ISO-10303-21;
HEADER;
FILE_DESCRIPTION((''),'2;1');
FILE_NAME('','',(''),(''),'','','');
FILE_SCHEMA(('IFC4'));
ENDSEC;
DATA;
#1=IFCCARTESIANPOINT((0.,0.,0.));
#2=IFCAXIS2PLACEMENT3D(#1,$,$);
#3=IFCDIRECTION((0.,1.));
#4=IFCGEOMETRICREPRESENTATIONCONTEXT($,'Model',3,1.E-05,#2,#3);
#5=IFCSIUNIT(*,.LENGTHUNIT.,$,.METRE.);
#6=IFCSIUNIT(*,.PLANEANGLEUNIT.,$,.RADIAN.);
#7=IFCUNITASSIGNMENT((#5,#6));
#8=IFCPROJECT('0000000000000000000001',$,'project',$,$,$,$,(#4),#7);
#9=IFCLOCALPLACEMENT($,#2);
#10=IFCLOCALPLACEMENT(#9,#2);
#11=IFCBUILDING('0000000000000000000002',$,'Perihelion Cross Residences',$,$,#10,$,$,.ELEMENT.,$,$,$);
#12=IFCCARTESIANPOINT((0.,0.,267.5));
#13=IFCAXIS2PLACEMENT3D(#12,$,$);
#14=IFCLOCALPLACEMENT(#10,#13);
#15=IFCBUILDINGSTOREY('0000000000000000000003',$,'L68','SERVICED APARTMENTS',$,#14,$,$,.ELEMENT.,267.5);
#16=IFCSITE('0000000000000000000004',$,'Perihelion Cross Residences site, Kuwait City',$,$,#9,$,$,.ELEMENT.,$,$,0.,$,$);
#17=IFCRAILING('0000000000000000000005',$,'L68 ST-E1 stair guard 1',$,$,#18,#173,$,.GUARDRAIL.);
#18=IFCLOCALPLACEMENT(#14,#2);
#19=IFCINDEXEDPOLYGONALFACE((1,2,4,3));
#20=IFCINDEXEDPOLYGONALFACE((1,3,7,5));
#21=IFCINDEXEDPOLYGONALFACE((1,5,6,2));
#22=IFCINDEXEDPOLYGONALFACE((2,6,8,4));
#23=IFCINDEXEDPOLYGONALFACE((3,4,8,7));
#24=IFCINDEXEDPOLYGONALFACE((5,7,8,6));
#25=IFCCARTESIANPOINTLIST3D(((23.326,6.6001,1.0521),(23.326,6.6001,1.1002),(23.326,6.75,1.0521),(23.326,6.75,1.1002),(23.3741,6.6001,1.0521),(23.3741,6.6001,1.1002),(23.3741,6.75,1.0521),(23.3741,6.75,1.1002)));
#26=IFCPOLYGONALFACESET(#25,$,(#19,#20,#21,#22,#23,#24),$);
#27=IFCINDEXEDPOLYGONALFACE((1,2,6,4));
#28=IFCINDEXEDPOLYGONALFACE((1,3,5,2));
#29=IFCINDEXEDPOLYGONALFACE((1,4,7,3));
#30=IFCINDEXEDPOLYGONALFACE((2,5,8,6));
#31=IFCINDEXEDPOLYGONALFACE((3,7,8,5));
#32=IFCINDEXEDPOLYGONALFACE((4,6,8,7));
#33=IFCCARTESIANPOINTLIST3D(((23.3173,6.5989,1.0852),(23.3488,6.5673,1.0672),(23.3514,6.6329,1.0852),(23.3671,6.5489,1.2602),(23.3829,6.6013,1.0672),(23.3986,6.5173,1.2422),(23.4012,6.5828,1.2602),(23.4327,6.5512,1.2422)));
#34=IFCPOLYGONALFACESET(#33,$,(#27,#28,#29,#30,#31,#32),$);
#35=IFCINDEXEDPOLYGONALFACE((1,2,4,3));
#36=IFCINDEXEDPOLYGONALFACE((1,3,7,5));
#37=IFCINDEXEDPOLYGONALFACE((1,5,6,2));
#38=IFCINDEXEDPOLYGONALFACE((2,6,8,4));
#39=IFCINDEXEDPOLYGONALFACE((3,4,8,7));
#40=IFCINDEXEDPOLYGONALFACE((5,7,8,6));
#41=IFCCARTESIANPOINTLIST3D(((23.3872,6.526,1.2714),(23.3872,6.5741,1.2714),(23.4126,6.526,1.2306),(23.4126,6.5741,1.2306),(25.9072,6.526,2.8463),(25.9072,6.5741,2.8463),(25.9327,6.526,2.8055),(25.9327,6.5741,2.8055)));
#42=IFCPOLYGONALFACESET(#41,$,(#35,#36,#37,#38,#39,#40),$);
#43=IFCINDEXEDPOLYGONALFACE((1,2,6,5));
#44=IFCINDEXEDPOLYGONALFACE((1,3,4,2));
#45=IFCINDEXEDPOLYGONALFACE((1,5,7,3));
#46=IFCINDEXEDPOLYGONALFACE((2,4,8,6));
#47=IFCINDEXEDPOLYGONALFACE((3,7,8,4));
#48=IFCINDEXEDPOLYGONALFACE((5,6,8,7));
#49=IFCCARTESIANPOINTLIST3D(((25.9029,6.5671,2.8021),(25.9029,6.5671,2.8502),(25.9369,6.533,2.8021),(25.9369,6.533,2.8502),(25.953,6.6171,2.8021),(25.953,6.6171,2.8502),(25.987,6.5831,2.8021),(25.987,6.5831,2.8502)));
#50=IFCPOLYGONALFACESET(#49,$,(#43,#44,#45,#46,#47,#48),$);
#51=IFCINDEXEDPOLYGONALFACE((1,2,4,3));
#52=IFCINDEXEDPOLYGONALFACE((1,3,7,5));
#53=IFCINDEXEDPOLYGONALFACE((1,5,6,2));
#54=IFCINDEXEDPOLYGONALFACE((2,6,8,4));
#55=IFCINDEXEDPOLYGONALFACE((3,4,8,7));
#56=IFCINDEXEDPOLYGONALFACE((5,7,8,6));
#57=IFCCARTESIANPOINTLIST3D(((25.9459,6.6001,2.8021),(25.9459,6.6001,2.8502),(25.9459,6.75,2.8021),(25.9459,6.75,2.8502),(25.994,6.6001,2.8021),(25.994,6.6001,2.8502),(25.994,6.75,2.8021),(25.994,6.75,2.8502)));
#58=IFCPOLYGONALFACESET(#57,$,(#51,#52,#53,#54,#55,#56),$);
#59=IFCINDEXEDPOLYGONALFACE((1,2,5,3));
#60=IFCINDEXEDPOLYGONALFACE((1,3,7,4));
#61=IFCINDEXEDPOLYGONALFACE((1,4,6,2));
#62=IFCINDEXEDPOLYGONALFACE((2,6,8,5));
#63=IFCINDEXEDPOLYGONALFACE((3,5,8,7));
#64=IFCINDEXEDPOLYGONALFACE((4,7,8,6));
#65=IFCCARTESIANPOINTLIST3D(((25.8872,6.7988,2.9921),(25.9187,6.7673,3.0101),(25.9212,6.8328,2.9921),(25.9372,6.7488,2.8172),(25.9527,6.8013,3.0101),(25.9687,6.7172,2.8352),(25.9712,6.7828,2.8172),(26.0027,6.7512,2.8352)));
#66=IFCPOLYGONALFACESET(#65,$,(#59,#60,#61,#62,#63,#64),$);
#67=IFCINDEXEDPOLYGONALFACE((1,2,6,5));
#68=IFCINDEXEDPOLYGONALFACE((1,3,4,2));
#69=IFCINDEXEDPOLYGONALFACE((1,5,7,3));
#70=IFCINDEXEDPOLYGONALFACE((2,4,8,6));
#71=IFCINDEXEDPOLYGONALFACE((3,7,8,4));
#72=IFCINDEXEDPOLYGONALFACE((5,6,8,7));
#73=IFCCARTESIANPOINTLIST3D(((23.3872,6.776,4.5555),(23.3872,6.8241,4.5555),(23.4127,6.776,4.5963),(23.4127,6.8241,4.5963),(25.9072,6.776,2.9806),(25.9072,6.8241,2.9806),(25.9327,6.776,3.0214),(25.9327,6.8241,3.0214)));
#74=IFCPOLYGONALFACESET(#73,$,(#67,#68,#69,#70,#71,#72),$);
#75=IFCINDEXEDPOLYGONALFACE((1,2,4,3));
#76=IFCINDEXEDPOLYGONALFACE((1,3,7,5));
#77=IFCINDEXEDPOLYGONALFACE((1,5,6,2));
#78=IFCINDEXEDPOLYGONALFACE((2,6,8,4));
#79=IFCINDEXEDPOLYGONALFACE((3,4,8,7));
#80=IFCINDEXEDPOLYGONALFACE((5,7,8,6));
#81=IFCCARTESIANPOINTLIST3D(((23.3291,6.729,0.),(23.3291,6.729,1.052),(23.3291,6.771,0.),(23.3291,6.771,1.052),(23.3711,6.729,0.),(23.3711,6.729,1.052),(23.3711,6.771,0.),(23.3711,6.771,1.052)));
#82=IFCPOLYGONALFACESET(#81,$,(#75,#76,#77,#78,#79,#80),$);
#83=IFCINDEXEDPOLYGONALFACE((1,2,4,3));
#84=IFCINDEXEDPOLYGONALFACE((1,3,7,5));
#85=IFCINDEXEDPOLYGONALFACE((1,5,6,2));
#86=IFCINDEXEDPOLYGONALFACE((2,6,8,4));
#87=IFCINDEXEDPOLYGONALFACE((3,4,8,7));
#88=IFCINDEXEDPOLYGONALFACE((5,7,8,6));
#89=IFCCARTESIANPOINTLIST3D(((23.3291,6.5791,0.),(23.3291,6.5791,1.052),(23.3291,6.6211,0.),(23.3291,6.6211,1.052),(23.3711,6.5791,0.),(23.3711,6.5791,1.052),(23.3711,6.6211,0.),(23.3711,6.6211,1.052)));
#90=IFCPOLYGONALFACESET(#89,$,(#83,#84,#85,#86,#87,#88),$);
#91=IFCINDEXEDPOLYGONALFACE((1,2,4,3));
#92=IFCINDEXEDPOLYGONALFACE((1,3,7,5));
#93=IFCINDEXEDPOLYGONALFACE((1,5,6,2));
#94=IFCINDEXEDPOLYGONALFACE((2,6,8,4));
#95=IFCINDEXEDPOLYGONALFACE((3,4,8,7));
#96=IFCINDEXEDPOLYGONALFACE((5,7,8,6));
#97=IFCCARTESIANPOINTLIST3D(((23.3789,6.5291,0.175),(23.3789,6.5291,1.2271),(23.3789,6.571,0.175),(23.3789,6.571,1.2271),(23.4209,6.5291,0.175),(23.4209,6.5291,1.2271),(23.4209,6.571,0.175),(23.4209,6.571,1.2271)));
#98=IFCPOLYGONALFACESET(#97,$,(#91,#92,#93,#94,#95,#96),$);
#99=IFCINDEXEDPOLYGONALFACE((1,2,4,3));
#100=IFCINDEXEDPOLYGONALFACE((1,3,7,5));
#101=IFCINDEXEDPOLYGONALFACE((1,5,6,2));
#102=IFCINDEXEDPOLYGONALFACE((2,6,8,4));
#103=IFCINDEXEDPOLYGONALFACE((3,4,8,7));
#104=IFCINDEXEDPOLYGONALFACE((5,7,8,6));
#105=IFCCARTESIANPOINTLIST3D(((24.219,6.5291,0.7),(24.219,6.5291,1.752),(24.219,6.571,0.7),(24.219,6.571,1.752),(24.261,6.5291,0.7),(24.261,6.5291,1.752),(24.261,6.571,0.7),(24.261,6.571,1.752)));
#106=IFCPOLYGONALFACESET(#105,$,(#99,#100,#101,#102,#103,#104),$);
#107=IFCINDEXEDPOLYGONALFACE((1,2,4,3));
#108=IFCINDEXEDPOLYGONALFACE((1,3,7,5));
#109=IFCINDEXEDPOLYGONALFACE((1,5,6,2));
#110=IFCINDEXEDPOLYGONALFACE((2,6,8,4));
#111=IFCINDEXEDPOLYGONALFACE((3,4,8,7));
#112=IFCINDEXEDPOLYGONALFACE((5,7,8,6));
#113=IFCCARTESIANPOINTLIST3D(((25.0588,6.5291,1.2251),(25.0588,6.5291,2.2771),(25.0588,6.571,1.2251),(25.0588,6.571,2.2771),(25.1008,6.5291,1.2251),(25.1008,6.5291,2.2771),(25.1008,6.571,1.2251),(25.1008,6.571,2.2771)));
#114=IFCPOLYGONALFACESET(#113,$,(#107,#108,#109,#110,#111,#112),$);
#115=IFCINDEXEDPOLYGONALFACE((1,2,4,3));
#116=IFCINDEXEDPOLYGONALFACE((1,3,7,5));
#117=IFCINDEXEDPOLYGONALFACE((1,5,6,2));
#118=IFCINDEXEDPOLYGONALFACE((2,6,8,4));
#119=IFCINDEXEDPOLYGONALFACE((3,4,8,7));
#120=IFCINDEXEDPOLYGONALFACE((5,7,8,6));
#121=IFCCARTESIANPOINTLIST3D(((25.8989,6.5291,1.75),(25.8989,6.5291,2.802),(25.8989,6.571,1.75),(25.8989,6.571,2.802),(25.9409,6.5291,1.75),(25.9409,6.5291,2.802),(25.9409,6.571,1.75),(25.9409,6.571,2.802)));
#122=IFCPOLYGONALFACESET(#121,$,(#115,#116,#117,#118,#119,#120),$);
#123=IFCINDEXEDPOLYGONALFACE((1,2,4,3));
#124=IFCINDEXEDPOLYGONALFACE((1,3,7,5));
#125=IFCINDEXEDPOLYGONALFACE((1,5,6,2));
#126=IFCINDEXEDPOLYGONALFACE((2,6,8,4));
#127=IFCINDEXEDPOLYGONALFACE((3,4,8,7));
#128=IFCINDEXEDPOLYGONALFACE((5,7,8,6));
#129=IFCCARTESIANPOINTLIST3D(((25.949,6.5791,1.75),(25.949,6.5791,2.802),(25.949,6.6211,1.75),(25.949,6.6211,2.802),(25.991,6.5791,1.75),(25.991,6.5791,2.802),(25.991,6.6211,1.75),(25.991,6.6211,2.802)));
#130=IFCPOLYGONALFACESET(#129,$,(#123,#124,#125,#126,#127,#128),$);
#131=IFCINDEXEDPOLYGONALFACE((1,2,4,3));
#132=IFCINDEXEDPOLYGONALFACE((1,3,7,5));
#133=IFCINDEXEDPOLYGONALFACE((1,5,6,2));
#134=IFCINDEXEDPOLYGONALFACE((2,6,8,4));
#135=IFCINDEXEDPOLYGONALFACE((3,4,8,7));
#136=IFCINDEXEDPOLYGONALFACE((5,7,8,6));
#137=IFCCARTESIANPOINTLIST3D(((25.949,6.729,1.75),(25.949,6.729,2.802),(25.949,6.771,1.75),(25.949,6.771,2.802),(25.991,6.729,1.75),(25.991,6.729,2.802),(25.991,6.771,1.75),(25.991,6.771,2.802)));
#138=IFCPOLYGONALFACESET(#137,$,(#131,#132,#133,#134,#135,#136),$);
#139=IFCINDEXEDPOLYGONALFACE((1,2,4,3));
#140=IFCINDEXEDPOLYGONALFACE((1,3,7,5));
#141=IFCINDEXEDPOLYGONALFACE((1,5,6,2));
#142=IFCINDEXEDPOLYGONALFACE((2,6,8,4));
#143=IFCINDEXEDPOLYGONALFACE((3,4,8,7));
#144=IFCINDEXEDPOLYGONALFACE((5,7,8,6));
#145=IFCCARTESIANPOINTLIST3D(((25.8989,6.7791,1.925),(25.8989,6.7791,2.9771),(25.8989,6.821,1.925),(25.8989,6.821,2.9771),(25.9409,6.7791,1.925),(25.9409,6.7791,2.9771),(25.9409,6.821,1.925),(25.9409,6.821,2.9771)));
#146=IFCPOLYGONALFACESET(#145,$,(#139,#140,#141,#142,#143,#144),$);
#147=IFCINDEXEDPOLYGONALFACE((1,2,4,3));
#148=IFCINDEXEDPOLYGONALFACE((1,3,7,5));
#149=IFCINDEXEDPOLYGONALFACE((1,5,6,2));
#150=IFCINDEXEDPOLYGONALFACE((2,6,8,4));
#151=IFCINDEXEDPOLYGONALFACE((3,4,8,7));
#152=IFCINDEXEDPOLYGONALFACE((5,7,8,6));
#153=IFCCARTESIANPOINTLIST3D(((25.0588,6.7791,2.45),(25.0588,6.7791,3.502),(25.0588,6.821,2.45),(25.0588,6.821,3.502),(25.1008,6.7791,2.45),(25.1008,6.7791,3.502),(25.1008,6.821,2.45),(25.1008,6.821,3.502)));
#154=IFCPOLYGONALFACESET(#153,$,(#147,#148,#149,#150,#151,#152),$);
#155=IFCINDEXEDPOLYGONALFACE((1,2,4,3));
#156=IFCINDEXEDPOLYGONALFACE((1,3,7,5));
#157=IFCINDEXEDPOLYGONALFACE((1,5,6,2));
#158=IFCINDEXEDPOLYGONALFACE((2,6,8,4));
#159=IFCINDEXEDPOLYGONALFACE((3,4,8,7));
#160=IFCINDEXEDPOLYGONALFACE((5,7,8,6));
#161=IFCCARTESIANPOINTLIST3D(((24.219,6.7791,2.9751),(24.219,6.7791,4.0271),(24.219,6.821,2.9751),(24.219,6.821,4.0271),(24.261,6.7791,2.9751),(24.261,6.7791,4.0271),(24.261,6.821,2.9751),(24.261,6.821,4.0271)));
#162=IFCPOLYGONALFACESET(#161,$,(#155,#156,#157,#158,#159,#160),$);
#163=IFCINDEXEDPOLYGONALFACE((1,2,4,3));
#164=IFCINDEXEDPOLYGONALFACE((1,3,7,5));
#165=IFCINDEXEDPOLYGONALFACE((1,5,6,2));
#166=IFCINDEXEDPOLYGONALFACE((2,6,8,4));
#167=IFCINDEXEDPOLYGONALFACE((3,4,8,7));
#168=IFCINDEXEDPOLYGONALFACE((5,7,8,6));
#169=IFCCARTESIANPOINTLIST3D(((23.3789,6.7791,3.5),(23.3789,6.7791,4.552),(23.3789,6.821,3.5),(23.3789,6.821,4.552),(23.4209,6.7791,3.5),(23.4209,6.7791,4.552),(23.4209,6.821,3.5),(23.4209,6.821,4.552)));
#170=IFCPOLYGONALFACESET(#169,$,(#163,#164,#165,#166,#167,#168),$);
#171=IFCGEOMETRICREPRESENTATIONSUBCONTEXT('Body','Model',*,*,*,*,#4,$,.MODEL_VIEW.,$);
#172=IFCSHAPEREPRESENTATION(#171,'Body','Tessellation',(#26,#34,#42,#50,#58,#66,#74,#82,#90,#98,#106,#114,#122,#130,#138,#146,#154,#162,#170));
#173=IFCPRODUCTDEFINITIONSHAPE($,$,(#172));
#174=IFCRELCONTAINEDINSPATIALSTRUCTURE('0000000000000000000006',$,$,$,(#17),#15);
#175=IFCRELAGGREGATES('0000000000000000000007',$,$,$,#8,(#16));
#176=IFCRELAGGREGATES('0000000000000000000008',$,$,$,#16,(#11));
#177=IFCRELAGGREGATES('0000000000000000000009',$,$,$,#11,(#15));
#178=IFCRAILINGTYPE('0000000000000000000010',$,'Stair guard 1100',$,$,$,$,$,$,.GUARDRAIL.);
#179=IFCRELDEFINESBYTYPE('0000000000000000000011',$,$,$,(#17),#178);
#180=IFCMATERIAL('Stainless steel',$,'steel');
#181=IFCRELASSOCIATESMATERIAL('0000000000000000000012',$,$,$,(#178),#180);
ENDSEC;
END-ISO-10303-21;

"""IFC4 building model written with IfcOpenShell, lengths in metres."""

from ifc_helpers import new_model, si_unit, direction, frame, origin, origin_2d, place, context, subcontext, project, spatial, rectangle, extrude, material, type_object, element, save


model = new_model("IFC4")

# Units and contexts
model_context = context("Model", 3, precision=1e-05, world=origin(), true_north=direction((0.0, 1.0)))
body_context = subcontext(model_context, "Body", "Model", "MODEL_VIEW")
ifc_project = project(units=[si_unit("LENGTHUNIT", "METRE"), si_unit("PLANEANGLEUNIT", "RADIAN")], contexts=[model_context])

# Site, building, storey
site_placement = place(None, origin())
site = spatial("IfcSite", under=ifc_project, at=site_placement, Name="Perihelion Cross Residences site, Kuwait City", CompositionType="ELEMENT", RefElevation=0.0)
building_placement = place(site_placement, origin())
building = spatial("IfcBuilding", under=site, at=building_placement, Name="Perihelion Cross Residences", CompositionType="ELEMENT")
storey_placement = place(building_placement, frame((0.0, 0.0, 267.5)))
storey = spatial("IfcBuildingStorey", under=building, at=storey_placement, Name="L68", Description="SERVICED APARTMENTS", CompositionType="ELEMENT", Elevation=267.5)

# Railing
ifc_material_1 = material(Name="Stainless steel", Category="steel")
railing_type_1 = type_object("IfcRailingType", Name="Stair guard 1100", PredefinedType="GUARDRAIL", material=ifc_material_1)
railing_1_placement = place(storey_placement, frame((23.3501, 6.75, 0.0)))
element("IfcRailing", 1, at=railing_1_placement, inside=storey, type_object=railing_type_1, Name="L68 ST-E1 stair guard 1", PredefinedType="GUARDRAIL", context=body_context, shape_type="SweptSolid", body=[
    extrude(rectangle(XDim=0.0481, YDim=0.0481, at=origin_2d()), frame((0.0, 0.0, 1.0762), z_axis=(0.0, -1.0, 0.0), x_axis=(1.0, 0.0, 0.0)), (0.0, 0.0, 1.0), 0.1499),
    extrude(rectangle(XDim=0.0481, YDim=0.0481, at=origin_2d()), frame((0.0, -0.1499, 1.0762), z_axis=(0.263862, -0.265156, 0.927399), x_axis=(0.708834, 0.705376, 0.0)), (0.0, 0.0, 1.0), 0.1887),
    extrude(rectangle(XDim=0.0481, YDim=0.0481, at=origin_2d()), frame((0.0498, -0.2, 1.251), z_axis=(0.848008, 0.0, 0.529984), x_axis=(0.0, 1.0, 0.0)), (0.0, 0.0, 1.0), 2.9717),
    extrude(rectangle(XDim=0.0481, YDim=0.0481, at=origin_2d()), frame((2.5698, -0.2, 2.8262), z_axis=(0.707107, 0.707107, 0.0), x_axis=(-0.707107, 0.707107, 0.0)), (0.0, 0.0, 1.0), 0.0708),
    extrude(rectangle(XDim=0.0481, YDim=0.0481, at=origin_2d()), frame((2.6199, -0.1499, 2.8262), z_axis=(0.0, 1.0, 0.0), x_axis=(-1.0, 0.0, 0.0)), (0.0, 0.0, 1.0), 0.1499),
    extrude(rectangle(XDim=0.0481, YDim=0.0481, at=origin_2d()), frame((2.6199, 0.0, 2.8262), z_axis=(-0.265065, 0.265065, 0.927082), x_axis=(-0.707107, -0.707107, 0.0)), (0.0, 0.0, 1.0), 0.1887),
    extrude(rectangle(XDim=0.0481, YDim=0.0481, at=origin_2d()), frame((2.5698, 0.05, 3.001), z_axis=(-0.848008, 0.0, 0.529984), x_axis=(0.0, -1.0, 0.0)), (0.0, 0.0, 1.0), 2.9717),
    extrude(rectangle(XDim=0.042, YDim=0.042, at=origin_2d()), origin(), (0.0, 0.0, 1.0), 1.052),
    extrude(rectangle(XDim=0.042, YDim=0.042, at=origin_2d()), frame((0.0, -0.1499, 0.0)), (0.0, 0.0, 1.0), 1.052),
    extrude(rectangle(XDim=0.042, YDim=0.042, at=origin_2d()), frame((0.0498, -0.2, 0.175)), (0.0, 0.0, 1.0), 1.052),
    extrude(rectangle(XDim=0.042, YDim=0.042, at=origin_2d()), frame((0.8899, -0.2, 0.7)), (0.0, 0.0, 1.0), 1.052),
    extrude(rectangle(XDim=0.042, YDim=0.042, at=origin_2d()), frame((1.7297, -0.2, 1.2251)), (0.0, 0.0, 1.0), 1.052),
    extrude(rectangle(XDim=0.042, YDim=0.042, at=origin_2d()), frame((2.5698, -0.2, 1.75)), (0.0, 0.0, 1.0), 1.052),
    extrude(rectangle(XDim=0.042, YDim=0.042, at=origin_2d()), frame((2.6199, -0.1499, 1.75)), (0.0, 0.0, 1.0), 1.052),
    extrude(rectangle(XDim=0.042, YDim=0.042, at=origin_2d()), frame((2.6199, 0.0, 1.75)), (0.0, 0.0, 1.0), 1.052),
    extrude(rectangle(XDim=0.042, YDim=0.042, at=origin_2d()), frame((2.5698, 0.05, 1.925)), (0.0, 0.0, 1.0), 1.052),
    extrude(rectangle(XDim=0.042, YDim=0.042, at=origin_2d()), frame((1.7297, 0.05, 2.45)), (0.0, 0.0, 1.0), 1.052),
    extrude(rectangle(XDim=0.042, YDim=0.042, at=origin_2d()), frame((0.8899, 0.05, 2.9751)), (0.0, 0.0, 1.0), 1.052),
    extrude(rectangle(XDim=0.042, YDim=0.042, at=origin_2d()), frame((0.0498, 0.05, 3.5)), (0.0, 0.0, 1.0), 1.052),
])

save(model, "model.ifc")
